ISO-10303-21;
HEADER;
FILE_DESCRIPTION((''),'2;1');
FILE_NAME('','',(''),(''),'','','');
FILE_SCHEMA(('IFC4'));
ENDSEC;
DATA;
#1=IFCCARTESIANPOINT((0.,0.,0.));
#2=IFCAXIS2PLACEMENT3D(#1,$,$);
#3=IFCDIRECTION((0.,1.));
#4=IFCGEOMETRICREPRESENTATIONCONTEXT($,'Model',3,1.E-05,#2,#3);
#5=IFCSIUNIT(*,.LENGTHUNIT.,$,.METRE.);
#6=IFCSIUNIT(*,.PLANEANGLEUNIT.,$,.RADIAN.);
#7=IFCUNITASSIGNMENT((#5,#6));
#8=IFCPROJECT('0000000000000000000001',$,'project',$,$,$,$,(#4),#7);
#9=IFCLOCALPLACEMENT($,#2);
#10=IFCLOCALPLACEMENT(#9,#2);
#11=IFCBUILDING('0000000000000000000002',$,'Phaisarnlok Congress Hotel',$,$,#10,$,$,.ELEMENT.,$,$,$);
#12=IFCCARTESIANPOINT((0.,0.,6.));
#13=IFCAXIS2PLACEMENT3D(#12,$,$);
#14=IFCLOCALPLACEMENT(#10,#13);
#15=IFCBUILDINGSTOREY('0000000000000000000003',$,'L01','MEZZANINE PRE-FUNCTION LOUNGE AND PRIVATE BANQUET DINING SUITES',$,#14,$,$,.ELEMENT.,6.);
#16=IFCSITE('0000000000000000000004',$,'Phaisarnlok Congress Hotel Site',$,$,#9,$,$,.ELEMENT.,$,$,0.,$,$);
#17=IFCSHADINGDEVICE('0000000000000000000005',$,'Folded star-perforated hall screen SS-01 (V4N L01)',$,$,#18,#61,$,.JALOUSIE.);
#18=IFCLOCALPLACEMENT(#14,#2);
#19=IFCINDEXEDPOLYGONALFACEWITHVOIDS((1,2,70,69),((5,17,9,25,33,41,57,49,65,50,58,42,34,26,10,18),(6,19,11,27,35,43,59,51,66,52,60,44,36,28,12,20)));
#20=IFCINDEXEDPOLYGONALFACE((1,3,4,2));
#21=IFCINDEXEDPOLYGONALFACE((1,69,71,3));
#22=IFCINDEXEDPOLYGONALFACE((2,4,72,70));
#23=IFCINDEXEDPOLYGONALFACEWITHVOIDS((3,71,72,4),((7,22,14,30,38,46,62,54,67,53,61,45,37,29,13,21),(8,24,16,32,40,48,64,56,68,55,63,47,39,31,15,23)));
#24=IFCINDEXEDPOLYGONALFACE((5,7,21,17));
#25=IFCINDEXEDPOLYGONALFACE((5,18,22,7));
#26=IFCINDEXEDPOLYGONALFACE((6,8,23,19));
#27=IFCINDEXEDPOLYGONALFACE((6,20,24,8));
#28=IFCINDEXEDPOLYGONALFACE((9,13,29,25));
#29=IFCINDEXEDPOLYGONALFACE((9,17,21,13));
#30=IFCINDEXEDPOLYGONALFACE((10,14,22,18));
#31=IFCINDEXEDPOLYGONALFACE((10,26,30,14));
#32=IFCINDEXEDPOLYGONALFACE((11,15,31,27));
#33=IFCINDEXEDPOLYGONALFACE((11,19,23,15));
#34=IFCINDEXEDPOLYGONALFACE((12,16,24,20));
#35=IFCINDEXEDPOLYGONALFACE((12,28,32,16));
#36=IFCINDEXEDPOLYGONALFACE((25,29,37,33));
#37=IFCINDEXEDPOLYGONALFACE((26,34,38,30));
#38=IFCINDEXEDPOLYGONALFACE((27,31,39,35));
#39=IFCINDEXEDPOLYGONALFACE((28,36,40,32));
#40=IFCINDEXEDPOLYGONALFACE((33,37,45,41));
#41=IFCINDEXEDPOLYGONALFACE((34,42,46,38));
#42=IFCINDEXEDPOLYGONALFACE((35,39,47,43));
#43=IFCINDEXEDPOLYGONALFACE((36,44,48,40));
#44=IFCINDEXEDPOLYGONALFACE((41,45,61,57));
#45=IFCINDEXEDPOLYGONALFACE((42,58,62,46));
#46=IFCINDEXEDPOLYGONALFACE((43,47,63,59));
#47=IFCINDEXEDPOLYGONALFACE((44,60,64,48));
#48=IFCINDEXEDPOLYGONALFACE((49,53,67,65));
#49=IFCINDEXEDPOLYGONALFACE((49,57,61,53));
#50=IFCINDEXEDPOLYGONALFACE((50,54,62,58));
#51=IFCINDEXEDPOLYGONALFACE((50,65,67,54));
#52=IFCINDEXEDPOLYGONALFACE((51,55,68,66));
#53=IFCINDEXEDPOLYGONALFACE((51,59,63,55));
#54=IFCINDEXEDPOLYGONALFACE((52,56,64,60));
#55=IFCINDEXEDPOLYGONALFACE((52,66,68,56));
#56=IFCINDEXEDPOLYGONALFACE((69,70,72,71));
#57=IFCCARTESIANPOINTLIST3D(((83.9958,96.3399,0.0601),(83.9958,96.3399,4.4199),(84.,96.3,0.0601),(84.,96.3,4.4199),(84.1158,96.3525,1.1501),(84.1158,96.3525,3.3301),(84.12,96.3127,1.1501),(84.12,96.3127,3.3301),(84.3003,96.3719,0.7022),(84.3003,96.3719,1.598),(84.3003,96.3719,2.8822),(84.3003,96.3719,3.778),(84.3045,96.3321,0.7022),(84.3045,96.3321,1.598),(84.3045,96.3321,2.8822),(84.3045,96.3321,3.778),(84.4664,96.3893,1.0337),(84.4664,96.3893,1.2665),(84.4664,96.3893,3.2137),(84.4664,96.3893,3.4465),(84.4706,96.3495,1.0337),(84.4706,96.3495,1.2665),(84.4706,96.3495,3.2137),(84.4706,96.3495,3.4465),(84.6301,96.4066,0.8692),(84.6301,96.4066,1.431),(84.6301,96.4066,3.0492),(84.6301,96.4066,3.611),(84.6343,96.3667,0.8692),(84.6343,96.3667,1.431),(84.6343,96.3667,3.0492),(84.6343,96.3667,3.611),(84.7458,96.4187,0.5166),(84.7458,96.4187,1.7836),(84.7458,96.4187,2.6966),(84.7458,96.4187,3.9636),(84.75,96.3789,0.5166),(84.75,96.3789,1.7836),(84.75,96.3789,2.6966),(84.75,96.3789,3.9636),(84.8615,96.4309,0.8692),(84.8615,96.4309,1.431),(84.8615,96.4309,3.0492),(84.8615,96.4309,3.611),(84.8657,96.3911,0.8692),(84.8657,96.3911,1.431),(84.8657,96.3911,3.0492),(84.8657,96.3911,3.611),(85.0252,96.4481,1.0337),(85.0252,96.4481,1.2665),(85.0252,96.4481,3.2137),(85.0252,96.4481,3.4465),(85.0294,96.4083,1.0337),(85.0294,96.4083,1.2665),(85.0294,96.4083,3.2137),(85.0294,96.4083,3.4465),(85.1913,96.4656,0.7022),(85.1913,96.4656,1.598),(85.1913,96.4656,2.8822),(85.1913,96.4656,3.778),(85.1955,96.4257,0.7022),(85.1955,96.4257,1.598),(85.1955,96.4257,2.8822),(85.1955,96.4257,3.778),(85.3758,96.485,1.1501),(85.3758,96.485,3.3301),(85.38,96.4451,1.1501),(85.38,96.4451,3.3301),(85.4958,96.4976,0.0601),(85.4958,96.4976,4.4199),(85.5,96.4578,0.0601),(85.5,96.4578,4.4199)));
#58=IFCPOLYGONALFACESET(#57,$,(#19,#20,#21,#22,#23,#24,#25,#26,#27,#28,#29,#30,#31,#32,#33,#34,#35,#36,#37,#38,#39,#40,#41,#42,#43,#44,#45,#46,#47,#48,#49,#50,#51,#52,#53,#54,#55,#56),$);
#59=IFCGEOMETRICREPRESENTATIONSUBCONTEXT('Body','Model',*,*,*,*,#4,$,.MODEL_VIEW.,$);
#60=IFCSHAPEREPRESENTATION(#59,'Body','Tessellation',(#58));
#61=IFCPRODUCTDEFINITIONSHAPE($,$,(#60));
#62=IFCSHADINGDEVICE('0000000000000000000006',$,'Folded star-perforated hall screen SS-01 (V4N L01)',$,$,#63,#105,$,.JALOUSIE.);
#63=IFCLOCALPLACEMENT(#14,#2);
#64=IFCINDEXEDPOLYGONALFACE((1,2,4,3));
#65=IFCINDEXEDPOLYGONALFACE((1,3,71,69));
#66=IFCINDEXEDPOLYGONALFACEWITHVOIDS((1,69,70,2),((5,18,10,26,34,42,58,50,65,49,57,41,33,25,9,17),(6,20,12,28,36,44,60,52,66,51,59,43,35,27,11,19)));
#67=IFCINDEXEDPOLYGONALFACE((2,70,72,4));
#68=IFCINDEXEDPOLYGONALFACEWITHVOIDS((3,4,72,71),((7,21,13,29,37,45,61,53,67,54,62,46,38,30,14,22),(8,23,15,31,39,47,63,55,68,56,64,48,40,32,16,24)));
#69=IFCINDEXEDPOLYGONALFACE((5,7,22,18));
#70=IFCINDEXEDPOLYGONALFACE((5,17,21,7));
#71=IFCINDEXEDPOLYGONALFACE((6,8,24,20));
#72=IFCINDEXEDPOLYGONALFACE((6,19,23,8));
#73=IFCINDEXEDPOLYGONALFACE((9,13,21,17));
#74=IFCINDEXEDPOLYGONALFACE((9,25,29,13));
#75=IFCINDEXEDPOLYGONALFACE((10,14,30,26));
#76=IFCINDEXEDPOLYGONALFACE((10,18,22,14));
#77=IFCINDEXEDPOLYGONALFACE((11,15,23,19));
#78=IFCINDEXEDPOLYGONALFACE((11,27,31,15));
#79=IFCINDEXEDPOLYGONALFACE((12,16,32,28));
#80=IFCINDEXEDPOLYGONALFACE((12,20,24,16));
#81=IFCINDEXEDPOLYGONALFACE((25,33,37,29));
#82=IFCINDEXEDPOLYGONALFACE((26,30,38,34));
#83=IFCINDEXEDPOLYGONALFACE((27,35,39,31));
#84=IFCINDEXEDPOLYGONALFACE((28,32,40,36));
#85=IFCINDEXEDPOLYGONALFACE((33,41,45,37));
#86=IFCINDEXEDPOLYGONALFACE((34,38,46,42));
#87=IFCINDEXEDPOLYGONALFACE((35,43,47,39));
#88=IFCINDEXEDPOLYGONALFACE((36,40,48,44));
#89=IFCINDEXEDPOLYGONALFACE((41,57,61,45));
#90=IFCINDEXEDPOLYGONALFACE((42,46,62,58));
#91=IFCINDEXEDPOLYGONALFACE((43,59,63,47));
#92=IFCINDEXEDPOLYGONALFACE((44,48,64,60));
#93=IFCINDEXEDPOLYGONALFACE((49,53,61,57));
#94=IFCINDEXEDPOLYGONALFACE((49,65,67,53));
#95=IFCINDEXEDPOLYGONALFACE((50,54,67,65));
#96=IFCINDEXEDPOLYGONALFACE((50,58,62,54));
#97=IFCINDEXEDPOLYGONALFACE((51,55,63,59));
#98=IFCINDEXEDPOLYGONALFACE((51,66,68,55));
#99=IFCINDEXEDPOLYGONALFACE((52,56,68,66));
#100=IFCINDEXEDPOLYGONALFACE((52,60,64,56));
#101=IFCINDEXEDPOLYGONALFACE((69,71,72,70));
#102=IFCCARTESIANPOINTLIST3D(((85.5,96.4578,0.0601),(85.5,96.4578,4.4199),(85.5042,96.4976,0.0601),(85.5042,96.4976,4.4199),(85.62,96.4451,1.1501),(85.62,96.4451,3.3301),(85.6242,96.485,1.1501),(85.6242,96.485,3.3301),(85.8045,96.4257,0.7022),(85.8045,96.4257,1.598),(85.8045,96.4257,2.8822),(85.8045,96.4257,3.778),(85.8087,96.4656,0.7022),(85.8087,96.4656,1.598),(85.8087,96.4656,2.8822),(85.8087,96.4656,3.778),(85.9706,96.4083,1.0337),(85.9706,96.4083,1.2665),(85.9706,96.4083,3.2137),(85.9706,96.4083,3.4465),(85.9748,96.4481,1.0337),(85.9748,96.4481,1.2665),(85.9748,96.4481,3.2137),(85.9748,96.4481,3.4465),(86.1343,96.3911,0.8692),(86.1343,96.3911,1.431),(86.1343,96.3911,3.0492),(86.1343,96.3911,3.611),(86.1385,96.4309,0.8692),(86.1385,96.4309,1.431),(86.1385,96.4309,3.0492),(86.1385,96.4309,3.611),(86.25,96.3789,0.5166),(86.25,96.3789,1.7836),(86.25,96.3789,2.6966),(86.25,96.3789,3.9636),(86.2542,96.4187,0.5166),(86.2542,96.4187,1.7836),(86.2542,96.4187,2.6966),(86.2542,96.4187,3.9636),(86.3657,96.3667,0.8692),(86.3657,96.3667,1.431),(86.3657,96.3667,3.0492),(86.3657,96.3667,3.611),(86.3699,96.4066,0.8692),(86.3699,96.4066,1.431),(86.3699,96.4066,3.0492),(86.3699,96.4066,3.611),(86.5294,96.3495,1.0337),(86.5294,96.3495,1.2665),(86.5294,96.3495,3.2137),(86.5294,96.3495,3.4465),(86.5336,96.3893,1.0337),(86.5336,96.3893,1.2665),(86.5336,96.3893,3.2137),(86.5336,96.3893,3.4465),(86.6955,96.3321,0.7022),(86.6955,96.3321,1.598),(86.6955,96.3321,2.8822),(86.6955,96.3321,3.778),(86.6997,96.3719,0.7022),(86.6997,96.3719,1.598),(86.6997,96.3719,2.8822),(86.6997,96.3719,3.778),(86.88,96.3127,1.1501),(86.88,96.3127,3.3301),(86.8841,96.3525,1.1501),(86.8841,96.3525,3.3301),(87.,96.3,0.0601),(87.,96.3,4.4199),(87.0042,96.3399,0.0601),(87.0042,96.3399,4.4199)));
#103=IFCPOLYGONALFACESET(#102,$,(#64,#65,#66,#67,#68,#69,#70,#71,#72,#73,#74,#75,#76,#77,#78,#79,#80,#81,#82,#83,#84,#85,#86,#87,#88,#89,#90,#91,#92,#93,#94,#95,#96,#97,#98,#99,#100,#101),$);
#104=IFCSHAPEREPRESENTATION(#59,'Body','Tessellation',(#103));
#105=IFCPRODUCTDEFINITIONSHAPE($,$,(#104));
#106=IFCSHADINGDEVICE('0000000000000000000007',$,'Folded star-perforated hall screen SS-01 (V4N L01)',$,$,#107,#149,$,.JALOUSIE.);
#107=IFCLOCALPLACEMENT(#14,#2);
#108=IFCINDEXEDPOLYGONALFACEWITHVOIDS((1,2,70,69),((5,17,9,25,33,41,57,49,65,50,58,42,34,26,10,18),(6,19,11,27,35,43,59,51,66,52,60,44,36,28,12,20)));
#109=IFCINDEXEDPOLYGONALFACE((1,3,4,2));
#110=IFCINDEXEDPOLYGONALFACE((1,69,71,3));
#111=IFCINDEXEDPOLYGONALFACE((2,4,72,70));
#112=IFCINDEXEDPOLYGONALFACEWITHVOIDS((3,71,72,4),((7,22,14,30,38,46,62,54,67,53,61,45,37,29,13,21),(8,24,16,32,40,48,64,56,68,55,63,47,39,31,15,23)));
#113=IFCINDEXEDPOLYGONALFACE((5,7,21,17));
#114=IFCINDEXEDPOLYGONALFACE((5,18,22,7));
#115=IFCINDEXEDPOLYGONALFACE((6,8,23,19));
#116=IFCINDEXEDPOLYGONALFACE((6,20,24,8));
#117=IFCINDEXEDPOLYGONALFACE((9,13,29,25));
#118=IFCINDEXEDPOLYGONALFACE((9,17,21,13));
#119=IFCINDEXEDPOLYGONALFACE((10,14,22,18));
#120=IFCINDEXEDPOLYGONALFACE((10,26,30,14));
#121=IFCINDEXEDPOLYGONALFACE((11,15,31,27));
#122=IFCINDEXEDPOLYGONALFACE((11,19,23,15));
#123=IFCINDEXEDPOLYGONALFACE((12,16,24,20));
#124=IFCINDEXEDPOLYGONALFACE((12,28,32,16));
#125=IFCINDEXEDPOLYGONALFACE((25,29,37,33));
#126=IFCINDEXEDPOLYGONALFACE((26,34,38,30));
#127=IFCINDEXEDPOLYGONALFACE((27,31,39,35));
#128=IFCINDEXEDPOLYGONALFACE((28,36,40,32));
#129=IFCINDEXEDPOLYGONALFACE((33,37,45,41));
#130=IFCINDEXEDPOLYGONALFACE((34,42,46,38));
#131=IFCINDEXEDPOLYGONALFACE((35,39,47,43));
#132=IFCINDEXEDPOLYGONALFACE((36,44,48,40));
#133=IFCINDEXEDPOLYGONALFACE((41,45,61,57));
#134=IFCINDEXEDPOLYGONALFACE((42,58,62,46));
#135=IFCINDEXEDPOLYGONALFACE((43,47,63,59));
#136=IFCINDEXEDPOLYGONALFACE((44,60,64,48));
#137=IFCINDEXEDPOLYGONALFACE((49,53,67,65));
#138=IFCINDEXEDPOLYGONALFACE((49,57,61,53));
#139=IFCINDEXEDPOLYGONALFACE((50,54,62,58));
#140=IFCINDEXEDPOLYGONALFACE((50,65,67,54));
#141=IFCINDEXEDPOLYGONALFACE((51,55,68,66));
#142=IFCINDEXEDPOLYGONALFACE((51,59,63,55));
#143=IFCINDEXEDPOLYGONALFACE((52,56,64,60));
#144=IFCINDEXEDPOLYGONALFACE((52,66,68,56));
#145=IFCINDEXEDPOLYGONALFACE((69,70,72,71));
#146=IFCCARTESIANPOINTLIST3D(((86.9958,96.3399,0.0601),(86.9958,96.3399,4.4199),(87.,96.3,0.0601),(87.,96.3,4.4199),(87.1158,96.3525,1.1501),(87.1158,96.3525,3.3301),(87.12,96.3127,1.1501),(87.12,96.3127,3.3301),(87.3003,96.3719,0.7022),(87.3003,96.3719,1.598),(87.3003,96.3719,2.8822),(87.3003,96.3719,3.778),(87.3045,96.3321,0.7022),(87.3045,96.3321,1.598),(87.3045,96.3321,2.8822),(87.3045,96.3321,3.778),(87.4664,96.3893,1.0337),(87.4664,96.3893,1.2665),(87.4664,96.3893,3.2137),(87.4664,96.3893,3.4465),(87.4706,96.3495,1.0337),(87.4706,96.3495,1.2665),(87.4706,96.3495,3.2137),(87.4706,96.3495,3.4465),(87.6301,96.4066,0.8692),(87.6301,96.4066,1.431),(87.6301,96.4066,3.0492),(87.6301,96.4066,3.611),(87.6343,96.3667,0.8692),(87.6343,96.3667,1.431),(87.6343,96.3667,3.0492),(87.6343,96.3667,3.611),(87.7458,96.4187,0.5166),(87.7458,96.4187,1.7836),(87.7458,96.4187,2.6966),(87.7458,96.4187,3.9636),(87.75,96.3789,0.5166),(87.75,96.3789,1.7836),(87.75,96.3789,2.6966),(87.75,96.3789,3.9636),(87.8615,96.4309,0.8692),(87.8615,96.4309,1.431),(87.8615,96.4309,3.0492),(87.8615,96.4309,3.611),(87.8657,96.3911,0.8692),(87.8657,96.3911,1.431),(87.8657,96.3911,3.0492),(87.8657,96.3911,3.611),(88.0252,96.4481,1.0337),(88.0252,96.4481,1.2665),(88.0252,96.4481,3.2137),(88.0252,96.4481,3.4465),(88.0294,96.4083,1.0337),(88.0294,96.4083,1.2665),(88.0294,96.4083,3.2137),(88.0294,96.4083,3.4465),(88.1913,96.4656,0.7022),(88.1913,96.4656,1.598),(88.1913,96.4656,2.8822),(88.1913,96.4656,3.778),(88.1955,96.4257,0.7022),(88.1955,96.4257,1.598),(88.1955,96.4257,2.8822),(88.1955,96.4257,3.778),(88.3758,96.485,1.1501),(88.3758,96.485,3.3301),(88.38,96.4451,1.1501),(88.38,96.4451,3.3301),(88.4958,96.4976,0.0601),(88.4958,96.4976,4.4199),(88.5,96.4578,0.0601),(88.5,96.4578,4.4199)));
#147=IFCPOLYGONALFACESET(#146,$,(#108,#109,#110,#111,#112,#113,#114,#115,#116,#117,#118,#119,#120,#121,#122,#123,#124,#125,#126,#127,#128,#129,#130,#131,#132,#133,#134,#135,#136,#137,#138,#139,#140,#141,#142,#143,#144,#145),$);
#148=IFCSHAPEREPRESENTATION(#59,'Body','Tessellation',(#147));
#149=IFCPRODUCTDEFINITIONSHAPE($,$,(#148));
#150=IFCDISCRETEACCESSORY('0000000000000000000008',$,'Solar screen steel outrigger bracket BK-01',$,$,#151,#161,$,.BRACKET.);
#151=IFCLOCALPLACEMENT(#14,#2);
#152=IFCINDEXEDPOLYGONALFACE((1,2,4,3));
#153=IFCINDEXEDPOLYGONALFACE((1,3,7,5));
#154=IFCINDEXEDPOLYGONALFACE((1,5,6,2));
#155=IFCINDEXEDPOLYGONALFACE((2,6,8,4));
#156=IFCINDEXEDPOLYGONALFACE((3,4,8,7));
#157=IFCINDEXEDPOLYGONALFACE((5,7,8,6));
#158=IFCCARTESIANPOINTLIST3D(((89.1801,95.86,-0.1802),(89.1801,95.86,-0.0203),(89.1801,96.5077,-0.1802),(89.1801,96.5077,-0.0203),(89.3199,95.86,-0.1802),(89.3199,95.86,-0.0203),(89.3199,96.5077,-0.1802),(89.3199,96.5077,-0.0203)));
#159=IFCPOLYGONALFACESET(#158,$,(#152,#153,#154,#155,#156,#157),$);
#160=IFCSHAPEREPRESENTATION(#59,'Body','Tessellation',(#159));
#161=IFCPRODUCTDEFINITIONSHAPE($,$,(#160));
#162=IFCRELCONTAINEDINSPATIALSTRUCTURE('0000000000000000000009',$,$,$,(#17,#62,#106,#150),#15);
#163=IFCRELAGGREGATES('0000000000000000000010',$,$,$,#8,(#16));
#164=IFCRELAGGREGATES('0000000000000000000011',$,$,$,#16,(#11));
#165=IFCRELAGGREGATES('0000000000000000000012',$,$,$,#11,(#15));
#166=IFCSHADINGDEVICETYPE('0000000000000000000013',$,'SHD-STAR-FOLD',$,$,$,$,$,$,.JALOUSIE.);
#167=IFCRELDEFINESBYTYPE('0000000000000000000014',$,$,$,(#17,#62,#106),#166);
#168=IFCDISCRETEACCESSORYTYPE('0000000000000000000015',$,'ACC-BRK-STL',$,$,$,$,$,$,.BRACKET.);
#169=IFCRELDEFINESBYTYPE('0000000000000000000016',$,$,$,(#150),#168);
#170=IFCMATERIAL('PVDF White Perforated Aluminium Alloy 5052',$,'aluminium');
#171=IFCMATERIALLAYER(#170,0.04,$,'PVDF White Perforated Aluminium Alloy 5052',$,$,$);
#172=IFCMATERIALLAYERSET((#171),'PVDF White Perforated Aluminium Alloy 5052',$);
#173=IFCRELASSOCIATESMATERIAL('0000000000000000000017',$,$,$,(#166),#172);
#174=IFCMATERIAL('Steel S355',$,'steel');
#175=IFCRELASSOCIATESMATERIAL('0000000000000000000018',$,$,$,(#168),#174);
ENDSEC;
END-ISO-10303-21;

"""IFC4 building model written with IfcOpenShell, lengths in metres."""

from ifc_helpers import new_model, si_unit, direction, frame, origin, origin_2d, place, context, subcontext, project, spatial, polyline, rectangle, outline, extrude, material, layer, layer_set, type_object, element, save


model = new_model("IFC4")

# Units and contexts
model_context = context("Model", 3, precision=1e-05, world=origin(), true_north=direction((0.0, 1.0)))
body_context = subcontext(model_context, "Body", "Model", "MODEL_VIEW")
ifc_project = project(units=[si_unit("LENGTHUNIT", "METRE"), si_unit("PLANEANGLEUNIT", "RADIAN")], contexts=[model_context])

# Site, building, storey
site_placement = place(None, origin())
site = spatial("IfcSite", under=ifc_project, at=site_placement, Name="Phaisarnlok Congress Hotel Site", CompositionType="ELEMENT", RefElevation=0.0)
building_placement = place(site_placement, origin())
building = spatial("IfcBuilding", under=site, at=building_placement, Name="Phaisarnlok Congress Hotel", CompositionType="ELEMENT")
storey_placement = place(building_placement, frame((0.0, 0.0, 6.0)))
storey = spatial("IfcBuildingStorey", under=building, at=storey_placement, Name="L01", Description="MEZZANINE PRE-FUNCTION LOUNGE AND PRIVATE BANQUET DINING SUITES", CompositionType="ELEMENT", Elevation=6.0)

# Shading devices
ifc_material_1 = material(Name="PVDF White Perforated Aluminium Alloy 5052", Category="aluminium")
ifc_layer_1 = layer(ifc_material_1, 0.04, Name="PVDF White Perforated Aluminium Alloy 5052")
ifc_layer_set_1 = layer_set([ifc_layer_1], Name="PVDF White Perforated Aluminium Alloy 5052")
shading_device_type = type_object("IfcShadingDeviceType", Name="SHD-STAR-FOLD", PredefinedType="JALOUSIE", material=ifc_layer_set_1)
for number, where, z_axis, x_axis, name in (
    (1, (85.5, 96.4578, 0.0601), (-0.104567, 0.994518, 0.0), (-0.994518, -0.104567, 0.0), "Folded star-perforated hall screen SS-01 (V4N L01)"),
    (2, (87.0, 96.3, 0.0601), (0.104567, 0.994518, 0.0), (-0.994518, 0.104567, 0.0), "Folded star-perforated hall screen SS-01 (V4N L01)"),
    (3, (88.5, 96.4578, 0.0601), (-0.104567, 0.994518, 0.0), (-0.994518, -0.104567, 0.0), "Folded star-perforated hall screen SS-01 (V4N L01)"),
):
    element("IfcShadingDevice", number, at=place(storey_placement, frame(where, z_axis=z_axis, x_axis=x_axis)), inside=storey, type_object=shading_device_type, Name=name, PredefinedType="JALOUSIE", context=body_context, shape_type="SweptSolid", body=[
        extrude(outline(polyline([(0.0, 0.0), (1.5083, 0.0), (1.5083, 4.3599), (0.0, 4.3599), (0.0, 0.0)]), holes=[polyline([(1.0351, 0.9736), (1.2021, 0.6421), (0.8705, 0.8091), (0.7541, 0.4565), (0.6378, 0.8091), (0.3062, 0.6421), (0.4732, 0.9736), (0.1207, 1.09), (0.4732, 1.2064), (0.3062, 1.5379), (0.6378, 1.3709), (0.7541, 1.7235), (0.8705, 1.3709), (1.2021, 1.5379), (1.0351, 1.2064), (1.3876, 1.09), (1.0351, 0.9736)]), polyline([(1.0351, 3.1536), (1.2021, 2.8221), (0.8705, 2.9891), (0.7541, 2.6365), (0.6378, 2.9891), (0.3062, 2.8221), (0.4732, 3.1536), (0.1207, 3.27), (0.4732, 3.3864), (0.3062, 3.7179), (0.6378, 3.5509), (0.7541, 3.9035), (0.8705, 3.5509), (1.2021, 3.7179), (1.0351, 3.3864), (1.3876, 3.27), (1.0351, 3.1536)])]), origin(), (0.0, 0.0, 1.0), 0.04),
    ])

# Discrete accessory
ifc_material_2 = material(Name="Steel S355", Category="steel")
discrete_accessory_type = type_object("IfcDiscreteAccessoryType", Name="ACC-BRK-STL", PredefinedType="BRACKET", material=ifc_material_2)
discrete_accessory_placement = place(storey_placement, frame((89.25, 96.1838, -0.1802), z_axis=(0.0, 0.0, 1.0), x_axis=(1.0, 0.0, 0.0)))
element("IfcDiscreteAccessory", 4, at=discrete_accessory_placement, inside=storey, type_object=discrete_accessory_type, Name="Solar screen steel outrigger bracket BK-01", PredefinedType="BRACKET", context=body_context, shape_type="SweptSolid", body=[
    extrude(rectangle(XDim=0.1399, YDim=0.6477, at=origin_2d()), origin(), (0.0, 0.0, 1.0), 0.1599),
])

save(model, "model.ifc")
